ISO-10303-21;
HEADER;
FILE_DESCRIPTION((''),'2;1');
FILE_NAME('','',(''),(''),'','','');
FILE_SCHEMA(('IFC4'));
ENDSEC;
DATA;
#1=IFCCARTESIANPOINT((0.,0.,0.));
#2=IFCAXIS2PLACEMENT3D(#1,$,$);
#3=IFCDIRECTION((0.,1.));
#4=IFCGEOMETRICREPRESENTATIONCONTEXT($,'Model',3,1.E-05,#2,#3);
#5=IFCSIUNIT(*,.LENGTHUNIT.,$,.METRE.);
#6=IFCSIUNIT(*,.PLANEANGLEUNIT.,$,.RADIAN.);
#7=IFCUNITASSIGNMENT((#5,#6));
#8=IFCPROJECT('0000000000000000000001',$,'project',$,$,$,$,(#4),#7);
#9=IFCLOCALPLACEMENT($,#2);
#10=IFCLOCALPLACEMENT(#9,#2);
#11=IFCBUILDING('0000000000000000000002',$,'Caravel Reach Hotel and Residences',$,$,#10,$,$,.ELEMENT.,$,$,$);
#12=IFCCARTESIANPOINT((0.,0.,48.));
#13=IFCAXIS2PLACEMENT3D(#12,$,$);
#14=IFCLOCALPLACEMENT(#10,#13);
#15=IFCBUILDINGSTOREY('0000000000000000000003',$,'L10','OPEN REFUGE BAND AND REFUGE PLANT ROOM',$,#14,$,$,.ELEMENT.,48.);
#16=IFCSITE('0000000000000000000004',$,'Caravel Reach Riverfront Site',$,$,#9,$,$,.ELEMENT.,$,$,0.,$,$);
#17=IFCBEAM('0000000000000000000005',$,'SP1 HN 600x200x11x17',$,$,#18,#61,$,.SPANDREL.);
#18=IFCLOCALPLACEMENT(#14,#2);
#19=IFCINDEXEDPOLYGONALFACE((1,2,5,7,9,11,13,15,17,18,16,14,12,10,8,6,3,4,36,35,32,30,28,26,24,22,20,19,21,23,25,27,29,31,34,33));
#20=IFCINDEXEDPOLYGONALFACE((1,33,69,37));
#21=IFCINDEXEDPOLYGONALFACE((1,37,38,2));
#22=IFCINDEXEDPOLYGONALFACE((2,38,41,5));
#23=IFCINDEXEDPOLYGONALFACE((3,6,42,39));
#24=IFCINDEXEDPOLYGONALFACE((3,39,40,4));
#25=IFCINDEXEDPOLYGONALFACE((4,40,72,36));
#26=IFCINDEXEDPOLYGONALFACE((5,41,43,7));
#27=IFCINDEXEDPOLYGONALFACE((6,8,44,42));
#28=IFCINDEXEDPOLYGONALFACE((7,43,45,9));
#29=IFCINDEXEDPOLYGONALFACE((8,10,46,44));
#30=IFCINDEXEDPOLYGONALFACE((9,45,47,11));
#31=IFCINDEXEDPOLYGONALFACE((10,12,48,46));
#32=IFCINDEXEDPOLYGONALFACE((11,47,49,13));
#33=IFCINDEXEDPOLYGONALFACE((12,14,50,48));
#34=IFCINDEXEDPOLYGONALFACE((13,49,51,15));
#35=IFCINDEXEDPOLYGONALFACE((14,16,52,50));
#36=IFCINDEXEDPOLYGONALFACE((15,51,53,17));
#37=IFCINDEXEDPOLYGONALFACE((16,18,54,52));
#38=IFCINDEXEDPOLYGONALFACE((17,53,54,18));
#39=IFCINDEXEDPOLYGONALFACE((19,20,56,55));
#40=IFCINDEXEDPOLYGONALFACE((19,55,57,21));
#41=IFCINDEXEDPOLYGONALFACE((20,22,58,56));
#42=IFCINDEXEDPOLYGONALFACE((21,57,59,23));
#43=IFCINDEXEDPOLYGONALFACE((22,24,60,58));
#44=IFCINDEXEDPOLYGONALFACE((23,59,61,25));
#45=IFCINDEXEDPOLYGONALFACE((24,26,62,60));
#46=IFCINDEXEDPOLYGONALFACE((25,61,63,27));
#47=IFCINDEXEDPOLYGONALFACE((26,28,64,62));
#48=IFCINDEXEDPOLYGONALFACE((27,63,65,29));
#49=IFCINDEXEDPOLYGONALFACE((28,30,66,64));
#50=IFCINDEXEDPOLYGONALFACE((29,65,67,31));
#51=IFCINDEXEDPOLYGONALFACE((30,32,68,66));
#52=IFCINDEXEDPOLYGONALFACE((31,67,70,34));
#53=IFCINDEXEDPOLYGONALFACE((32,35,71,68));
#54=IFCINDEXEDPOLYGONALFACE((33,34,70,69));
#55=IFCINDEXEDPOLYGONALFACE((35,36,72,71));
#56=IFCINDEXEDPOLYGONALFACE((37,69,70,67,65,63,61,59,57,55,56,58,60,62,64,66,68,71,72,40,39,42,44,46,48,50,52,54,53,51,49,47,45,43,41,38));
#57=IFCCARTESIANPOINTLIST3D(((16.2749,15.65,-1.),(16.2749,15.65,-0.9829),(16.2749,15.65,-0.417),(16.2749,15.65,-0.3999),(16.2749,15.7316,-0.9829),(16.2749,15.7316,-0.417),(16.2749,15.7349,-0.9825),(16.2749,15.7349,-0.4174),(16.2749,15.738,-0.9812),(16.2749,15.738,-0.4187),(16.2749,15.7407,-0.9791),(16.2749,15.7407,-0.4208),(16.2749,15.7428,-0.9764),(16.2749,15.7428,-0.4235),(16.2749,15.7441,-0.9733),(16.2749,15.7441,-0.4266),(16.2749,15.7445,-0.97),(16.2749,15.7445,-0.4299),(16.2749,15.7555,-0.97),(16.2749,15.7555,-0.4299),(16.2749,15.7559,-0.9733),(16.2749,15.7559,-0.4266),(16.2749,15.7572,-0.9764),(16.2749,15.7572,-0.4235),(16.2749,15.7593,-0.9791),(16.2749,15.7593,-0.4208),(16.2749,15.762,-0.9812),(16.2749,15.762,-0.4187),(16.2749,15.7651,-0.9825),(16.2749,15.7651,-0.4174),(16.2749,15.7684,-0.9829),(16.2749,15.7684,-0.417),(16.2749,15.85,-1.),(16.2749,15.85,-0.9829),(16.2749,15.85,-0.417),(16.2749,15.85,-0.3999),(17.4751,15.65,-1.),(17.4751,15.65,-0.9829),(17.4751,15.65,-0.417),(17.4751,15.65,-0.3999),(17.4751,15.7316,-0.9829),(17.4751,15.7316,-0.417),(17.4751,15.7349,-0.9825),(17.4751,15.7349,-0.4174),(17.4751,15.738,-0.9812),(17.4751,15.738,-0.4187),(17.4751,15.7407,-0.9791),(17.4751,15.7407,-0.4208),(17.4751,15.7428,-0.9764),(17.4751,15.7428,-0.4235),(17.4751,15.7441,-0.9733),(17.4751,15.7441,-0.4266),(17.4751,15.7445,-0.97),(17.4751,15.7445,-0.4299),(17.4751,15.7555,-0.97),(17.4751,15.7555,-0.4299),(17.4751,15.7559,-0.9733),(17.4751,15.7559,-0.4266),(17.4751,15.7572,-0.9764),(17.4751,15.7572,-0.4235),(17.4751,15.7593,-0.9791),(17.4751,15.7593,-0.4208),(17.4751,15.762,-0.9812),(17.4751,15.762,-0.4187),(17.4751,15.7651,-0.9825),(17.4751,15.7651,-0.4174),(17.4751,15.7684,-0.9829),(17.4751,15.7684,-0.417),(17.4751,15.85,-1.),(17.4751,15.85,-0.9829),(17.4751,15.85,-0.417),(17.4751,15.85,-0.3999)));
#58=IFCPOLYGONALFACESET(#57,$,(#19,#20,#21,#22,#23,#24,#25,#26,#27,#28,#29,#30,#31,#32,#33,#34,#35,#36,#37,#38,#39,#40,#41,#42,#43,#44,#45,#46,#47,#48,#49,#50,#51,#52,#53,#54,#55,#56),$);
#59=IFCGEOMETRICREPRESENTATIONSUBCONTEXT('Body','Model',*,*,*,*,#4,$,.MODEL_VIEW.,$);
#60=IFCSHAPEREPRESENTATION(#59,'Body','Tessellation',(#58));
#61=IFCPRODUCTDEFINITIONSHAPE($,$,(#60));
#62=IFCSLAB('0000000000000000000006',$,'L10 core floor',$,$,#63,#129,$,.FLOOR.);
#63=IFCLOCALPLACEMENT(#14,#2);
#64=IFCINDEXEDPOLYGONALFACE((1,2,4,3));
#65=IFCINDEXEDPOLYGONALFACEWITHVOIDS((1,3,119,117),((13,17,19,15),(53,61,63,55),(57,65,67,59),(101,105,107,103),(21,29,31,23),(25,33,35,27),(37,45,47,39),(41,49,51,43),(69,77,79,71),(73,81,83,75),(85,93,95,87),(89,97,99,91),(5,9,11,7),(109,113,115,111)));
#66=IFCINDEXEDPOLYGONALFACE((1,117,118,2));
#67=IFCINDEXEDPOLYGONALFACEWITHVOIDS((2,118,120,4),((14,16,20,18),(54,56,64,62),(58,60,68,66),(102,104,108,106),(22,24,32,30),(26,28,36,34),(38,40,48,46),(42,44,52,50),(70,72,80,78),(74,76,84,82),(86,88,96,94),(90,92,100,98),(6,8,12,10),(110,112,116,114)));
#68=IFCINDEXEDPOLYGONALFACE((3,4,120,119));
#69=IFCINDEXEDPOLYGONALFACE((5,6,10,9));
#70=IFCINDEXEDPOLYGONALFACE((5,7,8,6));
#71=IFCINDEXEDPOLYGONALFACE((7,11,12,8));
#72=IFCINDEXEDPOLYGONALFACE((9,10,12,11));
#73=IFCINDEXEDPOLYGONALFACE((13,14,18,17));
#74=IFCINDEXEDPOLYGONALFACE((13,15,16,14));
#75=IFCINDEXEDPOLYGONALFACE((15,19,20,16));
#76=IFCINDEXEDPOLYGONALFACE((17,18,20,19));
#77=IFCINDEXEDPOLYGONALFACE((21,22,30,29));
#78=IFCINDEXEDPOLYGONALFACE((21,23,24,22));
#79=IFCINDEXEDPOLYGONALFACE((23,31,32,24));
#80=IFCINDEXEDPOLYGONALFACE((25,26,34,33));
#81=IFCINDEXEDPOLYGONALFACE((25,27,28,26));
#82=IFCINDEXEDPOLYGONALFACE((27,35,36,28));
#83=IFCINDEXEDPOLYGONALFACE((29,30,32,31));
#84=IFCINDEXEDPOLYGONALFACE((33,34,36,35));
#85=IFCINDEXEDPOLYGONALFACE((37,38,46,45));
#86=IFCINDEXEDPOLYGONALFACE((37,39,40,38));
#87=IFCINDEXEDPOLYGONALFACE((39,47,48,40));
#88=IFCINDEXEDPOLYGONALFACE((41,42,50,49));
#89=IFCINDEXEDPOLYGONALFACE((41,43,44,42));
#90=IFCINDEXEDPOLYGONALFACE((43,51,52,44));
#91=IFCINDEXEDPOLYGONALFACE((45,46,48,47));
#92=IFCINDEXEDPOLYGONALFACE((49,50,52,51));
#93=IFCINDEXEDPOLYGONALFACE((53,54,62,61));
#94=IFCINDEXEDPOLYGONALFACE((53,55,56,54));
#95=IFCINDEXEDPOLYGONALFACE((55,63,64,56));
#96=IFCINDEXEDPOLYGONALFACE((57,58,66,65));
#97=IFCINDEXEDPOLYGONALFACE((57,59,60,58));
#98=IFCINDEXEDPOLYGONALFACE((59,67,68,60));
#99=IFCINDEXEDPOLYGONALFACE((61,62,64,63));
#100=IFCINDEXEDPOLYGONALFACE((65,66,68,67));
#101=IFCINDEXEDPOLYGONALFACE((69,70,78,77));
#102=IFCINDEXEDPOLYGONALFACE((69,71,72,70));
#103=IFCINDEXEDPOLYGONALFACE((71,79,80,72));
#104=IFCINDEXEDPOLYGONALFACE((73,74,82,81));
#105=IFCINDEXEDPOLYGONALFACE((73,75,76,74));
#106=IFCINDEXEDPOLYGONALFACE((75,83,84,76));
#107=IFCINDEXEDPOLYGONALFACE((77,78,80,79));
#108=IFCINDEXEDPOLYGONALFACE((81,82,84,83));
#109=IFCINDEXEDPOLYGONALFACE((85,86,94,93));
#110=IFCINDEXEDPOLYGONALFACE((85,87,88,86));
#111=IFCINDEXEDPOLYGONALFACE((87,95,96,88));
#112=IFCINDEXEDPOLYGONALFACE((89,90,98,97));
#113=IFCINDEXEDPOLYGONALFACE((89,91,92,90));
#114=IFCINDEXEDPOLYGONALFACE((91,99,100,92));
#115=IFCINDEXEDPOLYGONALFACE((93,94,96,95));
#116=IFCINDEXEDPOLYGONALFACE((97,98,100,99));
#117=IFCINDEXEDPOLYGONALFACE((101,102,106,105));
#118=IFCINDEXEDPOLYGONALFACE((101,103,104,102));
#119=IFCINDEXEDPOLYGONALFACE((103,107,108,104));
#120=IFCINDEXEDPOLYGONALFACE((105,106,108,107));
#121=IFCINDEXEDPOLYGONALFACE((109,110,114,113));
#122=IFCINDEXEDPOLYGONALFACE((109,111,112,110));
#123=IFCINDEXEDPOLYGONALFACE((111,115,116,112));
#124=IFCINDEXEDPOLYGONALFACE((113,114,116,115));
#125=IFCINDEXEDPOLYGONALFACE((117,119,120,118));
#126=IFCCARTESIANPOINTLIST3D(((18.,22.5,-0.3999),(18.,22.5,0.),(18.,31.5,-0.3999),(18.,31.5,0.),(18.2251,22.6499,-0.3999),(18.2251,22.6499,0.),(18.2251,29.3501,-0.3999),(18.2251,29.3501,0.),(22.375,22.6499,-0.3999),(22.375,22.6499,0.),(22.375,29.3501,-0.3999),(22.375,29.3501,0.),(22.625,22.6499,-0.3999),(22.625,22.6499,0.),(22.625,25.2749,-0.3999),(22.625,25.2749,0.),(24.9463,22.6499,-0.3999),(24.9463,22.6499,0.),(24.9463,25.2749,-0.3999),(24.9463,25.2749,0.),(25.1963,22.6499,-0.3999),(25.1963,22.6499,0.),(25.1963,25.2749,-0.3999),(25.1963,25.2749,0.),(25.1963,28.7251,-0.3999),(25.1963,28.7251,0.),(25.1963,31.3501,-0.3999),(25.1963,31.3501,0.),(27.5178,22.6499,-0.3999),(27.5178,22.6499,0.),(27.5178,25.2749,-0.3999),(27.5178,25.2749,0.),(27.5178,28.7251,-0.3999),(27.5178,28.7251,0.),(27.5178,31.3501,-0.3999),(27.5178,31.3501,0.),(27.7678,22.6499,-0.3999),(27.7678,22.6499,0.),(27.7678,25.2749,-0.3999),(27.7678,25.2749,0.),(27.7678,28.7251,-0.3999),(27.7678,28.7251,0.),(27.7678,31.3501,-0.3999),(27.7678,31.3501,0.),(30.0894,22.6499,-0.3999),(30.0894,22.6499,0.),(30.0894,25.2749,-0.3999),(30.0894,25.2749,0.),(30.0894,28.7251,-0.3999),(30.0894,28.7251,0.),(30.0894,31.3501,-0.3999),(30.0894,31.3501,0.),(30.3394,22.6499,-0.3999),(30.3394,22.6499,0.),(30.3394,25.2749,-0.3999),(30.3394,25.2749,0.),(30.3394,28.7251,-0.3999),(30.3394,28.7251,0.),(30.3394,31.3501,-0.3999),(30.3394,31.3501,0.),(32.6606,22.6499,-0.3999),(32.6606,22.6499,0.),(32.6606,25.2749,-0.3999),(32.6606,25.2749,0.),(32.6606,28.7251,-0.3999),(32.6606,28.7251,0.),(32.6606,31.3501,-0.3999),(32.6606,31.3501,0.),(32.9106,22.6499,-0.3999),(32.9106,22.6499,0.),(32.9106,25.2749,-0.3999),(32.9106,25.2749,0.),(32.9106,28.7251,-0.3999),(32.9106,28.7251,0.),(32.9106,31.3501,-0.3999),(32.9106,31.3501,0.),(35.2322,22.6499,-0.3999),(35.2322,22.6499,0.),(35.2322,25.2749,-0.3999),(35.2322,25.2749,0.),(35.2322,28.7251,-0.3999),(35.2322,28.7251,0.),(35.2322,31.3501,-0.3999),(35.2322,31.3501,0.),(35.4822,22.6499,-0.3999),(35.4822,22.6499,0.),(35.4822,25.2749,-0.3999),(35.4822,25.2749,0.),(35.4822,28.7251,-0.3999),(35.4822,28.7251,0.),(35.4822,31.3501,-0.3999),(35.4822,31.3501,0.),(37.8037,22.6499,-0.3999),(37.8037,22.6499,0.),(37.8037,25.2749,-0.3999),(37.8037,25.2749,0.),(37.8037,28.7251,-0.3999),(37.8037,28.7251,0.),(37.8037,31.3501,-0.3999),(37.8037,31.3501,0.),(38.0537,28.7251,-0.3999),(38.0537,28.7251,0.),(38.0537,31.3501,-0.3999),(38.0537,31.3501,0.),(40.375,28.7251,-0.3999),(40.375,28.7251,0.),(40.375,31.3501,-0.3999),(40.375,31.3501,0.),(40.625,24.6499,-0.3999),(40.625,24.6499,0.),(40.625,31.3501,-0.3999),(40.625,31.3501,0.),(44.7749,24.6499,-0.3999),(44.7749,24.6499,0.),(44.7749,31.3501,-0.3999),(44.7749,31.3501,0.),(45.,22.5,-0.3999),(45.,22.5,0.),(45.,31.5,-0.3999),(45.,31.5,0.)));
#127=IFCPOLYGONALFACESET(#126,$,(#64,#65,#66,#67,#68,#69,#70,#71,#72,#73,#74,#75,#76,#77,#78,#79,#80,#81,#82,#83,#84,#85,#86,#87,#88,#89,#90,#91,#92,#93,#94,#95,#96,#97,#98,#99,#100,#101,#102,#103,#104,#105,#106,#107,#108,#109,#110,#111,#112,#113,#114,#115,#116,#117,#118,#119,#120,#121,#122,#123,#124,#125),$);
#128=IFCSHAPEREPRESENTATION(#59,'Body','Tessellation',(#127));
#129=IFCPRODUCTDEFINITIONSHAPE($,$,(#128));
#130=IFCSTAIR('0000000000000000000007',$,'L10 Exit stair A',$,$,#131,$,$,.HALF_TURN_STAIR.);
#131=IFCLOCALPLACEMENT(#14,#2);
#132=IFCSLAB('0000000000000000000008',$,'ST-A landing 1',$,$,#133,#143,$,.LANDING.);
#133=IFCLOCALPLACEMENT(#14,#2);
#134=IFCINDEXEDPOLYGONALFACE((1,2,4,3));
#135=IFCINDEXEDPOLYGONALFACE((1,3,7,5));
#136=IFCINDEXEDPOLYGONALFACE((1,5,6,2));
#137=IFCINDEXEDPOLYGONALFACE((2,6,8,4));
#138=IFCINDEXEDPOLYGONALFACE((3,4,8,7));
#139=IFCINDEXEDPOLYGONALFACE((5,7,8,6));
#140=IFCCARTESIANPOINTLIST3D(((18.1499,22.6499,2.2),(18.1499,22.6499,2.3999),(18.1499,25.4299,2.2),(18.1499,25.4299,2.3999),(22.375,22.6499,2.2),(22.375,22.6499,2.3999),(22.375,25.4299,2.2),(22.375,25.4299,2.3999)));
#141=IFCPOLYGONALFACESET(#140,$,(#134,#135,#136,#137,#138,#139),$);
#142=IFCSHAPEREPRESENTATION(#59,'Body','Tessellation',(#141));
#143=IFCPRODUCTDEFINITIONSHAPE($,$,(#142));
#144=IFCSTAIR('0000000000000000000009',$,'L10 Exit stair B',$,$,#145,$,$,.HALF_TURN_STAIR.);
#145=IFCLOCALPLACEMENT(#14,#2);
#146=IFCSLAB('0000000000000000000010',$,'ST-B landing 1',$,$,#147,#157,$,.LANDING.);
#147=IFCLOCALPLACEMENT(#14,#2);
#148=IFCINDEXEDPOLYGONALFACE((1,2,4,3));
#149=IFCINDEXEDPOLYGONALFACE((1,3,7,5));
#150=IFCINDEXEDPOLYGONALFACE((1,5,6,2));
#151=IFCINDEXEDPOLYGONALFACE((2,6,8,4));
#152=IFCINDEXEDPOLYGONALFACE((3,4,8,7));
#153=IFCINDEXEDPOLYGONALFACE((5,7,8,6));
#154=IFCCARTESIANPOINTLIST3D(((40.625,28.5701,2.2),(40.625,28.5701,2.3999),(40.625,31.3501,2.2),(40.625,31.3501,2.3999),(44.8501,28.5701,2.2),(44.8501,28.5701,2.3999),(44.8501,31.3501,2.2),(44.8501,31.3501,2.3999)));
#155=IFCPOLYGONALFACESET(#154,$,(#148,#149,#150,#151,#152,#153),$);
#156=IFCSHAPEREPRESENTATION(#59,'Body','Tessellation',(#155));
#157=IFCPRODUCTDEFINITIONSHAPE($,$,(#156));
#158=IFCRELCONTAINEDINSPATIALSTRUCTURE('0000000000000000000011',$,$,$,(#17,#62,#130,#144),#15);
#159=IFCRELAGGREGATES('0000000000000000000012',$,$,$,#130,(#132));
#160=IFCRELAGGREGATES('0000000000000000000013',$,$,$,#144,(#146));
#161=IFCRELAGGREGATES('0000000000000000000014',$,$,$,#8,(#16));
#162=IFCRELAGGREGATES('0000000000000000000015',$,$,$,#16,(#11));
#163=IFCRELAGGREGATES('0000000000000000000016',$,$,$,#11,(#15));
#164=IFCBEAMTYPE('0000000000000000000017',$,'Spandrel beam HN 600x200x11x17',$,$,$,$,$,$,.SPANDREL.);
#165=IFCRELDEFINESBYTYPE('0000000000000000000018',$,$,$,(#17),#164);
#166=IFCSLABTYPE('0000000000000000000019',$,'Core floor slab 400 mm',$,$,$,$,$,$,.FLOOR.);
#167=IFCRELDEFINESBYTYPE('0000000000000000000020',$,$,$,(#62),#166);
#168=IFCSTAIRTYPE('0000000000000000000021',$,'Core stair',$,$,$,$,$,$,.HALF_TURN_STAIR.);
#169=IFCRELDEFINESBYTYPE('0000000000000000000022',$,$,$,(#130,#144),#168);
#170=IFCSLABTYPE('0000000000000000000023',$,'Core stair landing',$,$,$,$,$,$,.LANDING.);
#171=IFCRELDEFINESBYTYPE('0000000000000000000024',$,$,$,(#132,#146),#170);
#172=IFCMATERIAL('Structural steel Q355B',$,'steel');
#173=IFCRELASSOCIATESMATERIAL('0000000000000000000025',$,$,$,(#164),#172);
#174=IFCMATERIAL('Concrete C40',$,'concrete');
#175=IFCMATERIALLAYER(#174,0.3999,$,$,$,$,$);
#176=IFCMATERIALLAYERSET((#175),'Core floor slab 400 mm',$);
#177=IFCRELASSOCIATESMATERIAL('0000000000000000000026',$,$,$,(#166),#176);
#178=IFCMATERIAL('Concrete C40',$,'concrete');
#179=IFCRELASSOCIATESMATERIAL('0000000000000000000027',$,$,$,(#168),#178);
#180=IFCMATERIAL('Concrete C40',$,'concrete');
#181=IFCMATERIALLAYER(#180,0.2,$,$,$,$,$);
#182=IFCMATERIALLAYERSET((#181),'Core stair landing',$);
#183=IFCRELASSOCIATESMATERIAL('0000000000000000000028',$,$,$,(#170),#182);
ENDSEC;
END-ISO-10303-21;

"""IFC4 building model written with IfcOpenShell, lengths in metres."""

from ifc_helpers import new_model, si_unit, direction, frame, origin, origin_2d, place, context, subcontext, project, spatial, polyline, i_section, outline, extrude, material, layer, layer_set, material_profile, profile_set, type_object, element, aggregate, save


model = new_model("IFC4")

# Units and contexts
model_context = context("Model", 3, precision=1e-05, world=origin(), true_north=direction((0.0, 1.0)))
body_context = subcontext(model_context, "Body", "Model", "MODEL_VIEW")
ifc_project = project(units=[si_unit("LENGTHUNIT", "METRE"), si_unit("PLANEANGLEUNIT", "RADIAN")], contexts=[model_context])

# Site, building, storey
site_placement = place(None, origin())
site = spatial("IfcSite", under=ifc_project, at=site_placement, Name="Caravel Reach Riverfront Site", CompositionType="ELEMENT", RefElevation=0.0)
building_placement = place(site_placement, origin())
building = spatial("IfcBuilding", under=site, at=building_placement, Name="Caravel Reach Hotel and Residences", CompositionType="ELEMENT")
storey_placement = place(building_placement, frame((0.0, 0.0, 48.0)))
storey = spatial("IfcBuildingStorey", under=building, at=storey_placement, Name="L10", Description="OPEN REFUGE BAND AND REFUGE PLANT ROOM", CompositionType="ELEMENT", Elevation=48.0)

# Beam
ifc_material_1 = material(Name="Structural steel Q355B", Category="steel")
ifc_material_profile_1 = material_profile(ifc_material_1, i_section(OverallWidth=0.2, OverallDepth=0.6001, WebThickness=0.011, FlangeThickness=0.0171, FilletRadius=0.0129, at=origin_2d()), Name="HN 600x200x11x17")
ifc_profile_set_1 = profile_set([ifc_material_profile_1], Name="Structural steel Q355B")
beam_type_1 = type_object("IfcBeamType", Name="Spandrel beam HN 600x200x11x17", PredefinedType="SPANDREL", material=ifc_profile_set_1)
for number, where, z_axis, x_axis, name in (
    (1, (16.2749, 15.75, -0.7), (1.0, 0.0, 0.0), (0.0, 1.0, 0.0), "SP1 HN 600x200x11x17"),
):
    element("IfcBeam", number, at=place(storey_placement, frame(where, z_axis=z_axis, x_axis=x_axis)), inside=storey, type_object=beam_type_1, Name=name, PredefinedType="SPANDREL", context=body_context, shape_type="SweptSolid", body=[
        extrude(i_section(OverallWidth=0.2, OverallDepth=0.6001, WebThickness=0.011, FlangeThickness=0.0171, FilletRadius=0.0129, at=origin_2d()), origin(), (0.0, 0.0, 1.0), 1.2002),
    ])

# Slab
ifc_material_2 = material(Name="Concrete C40", Category="concrete")
ifc_layer_1 = layer(ifc_material_2, 0.3999)
ifc_layer_set_1 = layer_set([ifc_layer_1], Name="Core floor slab 400 mm")
slab_type_1 = type_object("IfcSlabType", Name="Core floor slab 400 mm", PredefinedType="FLOOR", material=ifc_layer_set_1)
slab_1_placement = place(storey_placement, frame((0.0, 0.0, -0.3999)))
element("IfcSlab", 2, at=slab_1_placement, inside=storey, type_object=slab_type_1, Name="L10 core floor", PredefinedType="FLOOR", context=body_context, shape_type="SweptSolid", body=[
    extrude(outline(polyline([(18.0, 31.5), (45.0, 31.5), (45.0, 22.5), (18.0, 22.5), (18.0, 31.5)]), holes=[polyline([(22.625, 25.2749), (22.625, 22.6499), (24.9463, 22.6499), (24.9463, 25.2749), (22.625, 25.2749)]), polyline([(27.5178, 25.2749), (25.1963, 25.2749), (25.1963, 22.6499), (27.5178, 22.6499), (27.5178, 25.2749)]), polyline([(30.0894, 25.2749), (27.7678, 25.2749), (27.7678, 22.6499), (30.0894, 22.6499), (30.0894, 25.2749)]), polyline([(32.6606, 25.2749), (30.3394, 25.2749), (30.3394, 22.6499), (32.6606, 22.6499), (32.6606, 25.2749)]), polyline([(18.2251, 22.6499), (22.375, 22.6499), (22.375, 29.3501), (18.2251, 29.3501), (18.2251, 22.6499)]), polyline([(27.5178, 31.3501), (25.1963, 31.3501), (25.1963, 28.7251), (27.5178, 28.7251), (27.5178, 31.3501)]), polyline([(30.0894, 31.3501), (27.7678, 31.3501), (27.7678, 28.7251), (30.0894, 28.7251), (30.0894, 31.3501)]), polyline([(32.9106, 25.2749), (32.9106, 22.6499), (35.2322, 22.6499), (35.2322, 25.2749), (32.9106, 25.2749)]), polyline([(37.8037, 25.2749), (35.4822, 25.2749), (35.4822, 22.6499), (37.8037, 22.6499), (37.8037, 25.2749)]), polyline([(44.7749, 31.3501), (40.625, 31.3501), (40.625, 24.6499), (44.7749, 24.6499), (44.7749, 31.3501)]), polyline([(32.6606, 31.3501), (30.3394, 31.3501), (30.3394, 28.7251), (32.6606, 28.7251), (32.6606, 31.3501)]), polyline([(35.2322, 31.3501), (32.9106, 31.3501), (32.9106, 28.7251), (35.2322, 28.7251), (35.2322, 31.3501)]), polyline([(37.8037, 31.3501), (35.4822, 31.3501), (35.4822, 28.7251), (37.8037, 28.7251), (37.8037, 31.3501)]), polyline([(40.375, 31.3501), (38.0537, 31.3501), (38.0537, 28.7251), (40.375, 28.7251), (40.375, 31.3501)])]), origin(), (0.0, 0.0, 1.0), 0.3999),
])

# Stairs, slabs
ifc_material_3 = material(Name="Concrete C40", Category="concrete")
stair_type = type_object("IfcStairType", Name="Core stair", PredefinedType="HALF_TURN_STAIR", material=ifc_material_3)
stair_1_placement = place(storey_placement, origin())
stair_1 = element("IfcStair", 3, at=stair_1_placement, inside=storey, type_object=stair_type, Name="L10 Exit stair A", PredefinedType="HALF_TURN_STAIR")
ifc_material_4 = material(Name="Concrete C40", Category="concrete")
ifc_layer_2 = layer(ifc_material_4, 0.2)
ifc_layer_set_2 = layer_set([ifc_layer_2], Name="Core stair landing")
slab_type_2 = type_object("IfcSlabType", Name="Core stair landing", PredefinedType="LANDING", material=ifc_layer_set_2)
slab_2_placement = place(storey_placement, frame((0.0, 0.0, 2.2)))
slab_2 = element("IfcSlab", 4, at=slab_2_placement, type_object=slab_type_2, Name="ST-A landing 1", PredefinedType="LANDING", context=body_context, shape_type="SweptSolid", body=[
    extrude(outline(polyline([(18.1499, 25.4299), (18.1499, 22.6499), (22.375, 22.6499), (22.375, 25.4299), (18.1499, 25.4299)])), origin(), (0.0, 0.0, 1.0), 0.2),
])
aggregate(stair_1, [slab_2])
stair_2_placement = place(storey_placement, origin())
stair_2 = element("IfcStair", 5, at=stair_2_placement, inside=storey, type_object=stair_type, Name="L10 Exit stair B", PredefinedType="HALF_TURN_STAIR")
slab_3_placement = place(storey_placement, frame((0.0, 0.0, 2.2)))
slab_3 = element("IfcSlab", 6, at=slab_3_placement, type_object=slab_type_2, Name="ST-B landing 1", PredefinedType="LANDING", context=body_context, shape_type="SweptSolid", body=[
    extrude(outline(polyline([(44.8501, 28.5701), (44.8501, 31.3501), (40.625, 31.3501), (40.625, 28.5701), (44.8501, 28.5701)])), origin(), (0.0, 0.0, 1.0), 0.2),
])
aggregate(stair_2, [slab_3])

save(model, "model.ifc")
